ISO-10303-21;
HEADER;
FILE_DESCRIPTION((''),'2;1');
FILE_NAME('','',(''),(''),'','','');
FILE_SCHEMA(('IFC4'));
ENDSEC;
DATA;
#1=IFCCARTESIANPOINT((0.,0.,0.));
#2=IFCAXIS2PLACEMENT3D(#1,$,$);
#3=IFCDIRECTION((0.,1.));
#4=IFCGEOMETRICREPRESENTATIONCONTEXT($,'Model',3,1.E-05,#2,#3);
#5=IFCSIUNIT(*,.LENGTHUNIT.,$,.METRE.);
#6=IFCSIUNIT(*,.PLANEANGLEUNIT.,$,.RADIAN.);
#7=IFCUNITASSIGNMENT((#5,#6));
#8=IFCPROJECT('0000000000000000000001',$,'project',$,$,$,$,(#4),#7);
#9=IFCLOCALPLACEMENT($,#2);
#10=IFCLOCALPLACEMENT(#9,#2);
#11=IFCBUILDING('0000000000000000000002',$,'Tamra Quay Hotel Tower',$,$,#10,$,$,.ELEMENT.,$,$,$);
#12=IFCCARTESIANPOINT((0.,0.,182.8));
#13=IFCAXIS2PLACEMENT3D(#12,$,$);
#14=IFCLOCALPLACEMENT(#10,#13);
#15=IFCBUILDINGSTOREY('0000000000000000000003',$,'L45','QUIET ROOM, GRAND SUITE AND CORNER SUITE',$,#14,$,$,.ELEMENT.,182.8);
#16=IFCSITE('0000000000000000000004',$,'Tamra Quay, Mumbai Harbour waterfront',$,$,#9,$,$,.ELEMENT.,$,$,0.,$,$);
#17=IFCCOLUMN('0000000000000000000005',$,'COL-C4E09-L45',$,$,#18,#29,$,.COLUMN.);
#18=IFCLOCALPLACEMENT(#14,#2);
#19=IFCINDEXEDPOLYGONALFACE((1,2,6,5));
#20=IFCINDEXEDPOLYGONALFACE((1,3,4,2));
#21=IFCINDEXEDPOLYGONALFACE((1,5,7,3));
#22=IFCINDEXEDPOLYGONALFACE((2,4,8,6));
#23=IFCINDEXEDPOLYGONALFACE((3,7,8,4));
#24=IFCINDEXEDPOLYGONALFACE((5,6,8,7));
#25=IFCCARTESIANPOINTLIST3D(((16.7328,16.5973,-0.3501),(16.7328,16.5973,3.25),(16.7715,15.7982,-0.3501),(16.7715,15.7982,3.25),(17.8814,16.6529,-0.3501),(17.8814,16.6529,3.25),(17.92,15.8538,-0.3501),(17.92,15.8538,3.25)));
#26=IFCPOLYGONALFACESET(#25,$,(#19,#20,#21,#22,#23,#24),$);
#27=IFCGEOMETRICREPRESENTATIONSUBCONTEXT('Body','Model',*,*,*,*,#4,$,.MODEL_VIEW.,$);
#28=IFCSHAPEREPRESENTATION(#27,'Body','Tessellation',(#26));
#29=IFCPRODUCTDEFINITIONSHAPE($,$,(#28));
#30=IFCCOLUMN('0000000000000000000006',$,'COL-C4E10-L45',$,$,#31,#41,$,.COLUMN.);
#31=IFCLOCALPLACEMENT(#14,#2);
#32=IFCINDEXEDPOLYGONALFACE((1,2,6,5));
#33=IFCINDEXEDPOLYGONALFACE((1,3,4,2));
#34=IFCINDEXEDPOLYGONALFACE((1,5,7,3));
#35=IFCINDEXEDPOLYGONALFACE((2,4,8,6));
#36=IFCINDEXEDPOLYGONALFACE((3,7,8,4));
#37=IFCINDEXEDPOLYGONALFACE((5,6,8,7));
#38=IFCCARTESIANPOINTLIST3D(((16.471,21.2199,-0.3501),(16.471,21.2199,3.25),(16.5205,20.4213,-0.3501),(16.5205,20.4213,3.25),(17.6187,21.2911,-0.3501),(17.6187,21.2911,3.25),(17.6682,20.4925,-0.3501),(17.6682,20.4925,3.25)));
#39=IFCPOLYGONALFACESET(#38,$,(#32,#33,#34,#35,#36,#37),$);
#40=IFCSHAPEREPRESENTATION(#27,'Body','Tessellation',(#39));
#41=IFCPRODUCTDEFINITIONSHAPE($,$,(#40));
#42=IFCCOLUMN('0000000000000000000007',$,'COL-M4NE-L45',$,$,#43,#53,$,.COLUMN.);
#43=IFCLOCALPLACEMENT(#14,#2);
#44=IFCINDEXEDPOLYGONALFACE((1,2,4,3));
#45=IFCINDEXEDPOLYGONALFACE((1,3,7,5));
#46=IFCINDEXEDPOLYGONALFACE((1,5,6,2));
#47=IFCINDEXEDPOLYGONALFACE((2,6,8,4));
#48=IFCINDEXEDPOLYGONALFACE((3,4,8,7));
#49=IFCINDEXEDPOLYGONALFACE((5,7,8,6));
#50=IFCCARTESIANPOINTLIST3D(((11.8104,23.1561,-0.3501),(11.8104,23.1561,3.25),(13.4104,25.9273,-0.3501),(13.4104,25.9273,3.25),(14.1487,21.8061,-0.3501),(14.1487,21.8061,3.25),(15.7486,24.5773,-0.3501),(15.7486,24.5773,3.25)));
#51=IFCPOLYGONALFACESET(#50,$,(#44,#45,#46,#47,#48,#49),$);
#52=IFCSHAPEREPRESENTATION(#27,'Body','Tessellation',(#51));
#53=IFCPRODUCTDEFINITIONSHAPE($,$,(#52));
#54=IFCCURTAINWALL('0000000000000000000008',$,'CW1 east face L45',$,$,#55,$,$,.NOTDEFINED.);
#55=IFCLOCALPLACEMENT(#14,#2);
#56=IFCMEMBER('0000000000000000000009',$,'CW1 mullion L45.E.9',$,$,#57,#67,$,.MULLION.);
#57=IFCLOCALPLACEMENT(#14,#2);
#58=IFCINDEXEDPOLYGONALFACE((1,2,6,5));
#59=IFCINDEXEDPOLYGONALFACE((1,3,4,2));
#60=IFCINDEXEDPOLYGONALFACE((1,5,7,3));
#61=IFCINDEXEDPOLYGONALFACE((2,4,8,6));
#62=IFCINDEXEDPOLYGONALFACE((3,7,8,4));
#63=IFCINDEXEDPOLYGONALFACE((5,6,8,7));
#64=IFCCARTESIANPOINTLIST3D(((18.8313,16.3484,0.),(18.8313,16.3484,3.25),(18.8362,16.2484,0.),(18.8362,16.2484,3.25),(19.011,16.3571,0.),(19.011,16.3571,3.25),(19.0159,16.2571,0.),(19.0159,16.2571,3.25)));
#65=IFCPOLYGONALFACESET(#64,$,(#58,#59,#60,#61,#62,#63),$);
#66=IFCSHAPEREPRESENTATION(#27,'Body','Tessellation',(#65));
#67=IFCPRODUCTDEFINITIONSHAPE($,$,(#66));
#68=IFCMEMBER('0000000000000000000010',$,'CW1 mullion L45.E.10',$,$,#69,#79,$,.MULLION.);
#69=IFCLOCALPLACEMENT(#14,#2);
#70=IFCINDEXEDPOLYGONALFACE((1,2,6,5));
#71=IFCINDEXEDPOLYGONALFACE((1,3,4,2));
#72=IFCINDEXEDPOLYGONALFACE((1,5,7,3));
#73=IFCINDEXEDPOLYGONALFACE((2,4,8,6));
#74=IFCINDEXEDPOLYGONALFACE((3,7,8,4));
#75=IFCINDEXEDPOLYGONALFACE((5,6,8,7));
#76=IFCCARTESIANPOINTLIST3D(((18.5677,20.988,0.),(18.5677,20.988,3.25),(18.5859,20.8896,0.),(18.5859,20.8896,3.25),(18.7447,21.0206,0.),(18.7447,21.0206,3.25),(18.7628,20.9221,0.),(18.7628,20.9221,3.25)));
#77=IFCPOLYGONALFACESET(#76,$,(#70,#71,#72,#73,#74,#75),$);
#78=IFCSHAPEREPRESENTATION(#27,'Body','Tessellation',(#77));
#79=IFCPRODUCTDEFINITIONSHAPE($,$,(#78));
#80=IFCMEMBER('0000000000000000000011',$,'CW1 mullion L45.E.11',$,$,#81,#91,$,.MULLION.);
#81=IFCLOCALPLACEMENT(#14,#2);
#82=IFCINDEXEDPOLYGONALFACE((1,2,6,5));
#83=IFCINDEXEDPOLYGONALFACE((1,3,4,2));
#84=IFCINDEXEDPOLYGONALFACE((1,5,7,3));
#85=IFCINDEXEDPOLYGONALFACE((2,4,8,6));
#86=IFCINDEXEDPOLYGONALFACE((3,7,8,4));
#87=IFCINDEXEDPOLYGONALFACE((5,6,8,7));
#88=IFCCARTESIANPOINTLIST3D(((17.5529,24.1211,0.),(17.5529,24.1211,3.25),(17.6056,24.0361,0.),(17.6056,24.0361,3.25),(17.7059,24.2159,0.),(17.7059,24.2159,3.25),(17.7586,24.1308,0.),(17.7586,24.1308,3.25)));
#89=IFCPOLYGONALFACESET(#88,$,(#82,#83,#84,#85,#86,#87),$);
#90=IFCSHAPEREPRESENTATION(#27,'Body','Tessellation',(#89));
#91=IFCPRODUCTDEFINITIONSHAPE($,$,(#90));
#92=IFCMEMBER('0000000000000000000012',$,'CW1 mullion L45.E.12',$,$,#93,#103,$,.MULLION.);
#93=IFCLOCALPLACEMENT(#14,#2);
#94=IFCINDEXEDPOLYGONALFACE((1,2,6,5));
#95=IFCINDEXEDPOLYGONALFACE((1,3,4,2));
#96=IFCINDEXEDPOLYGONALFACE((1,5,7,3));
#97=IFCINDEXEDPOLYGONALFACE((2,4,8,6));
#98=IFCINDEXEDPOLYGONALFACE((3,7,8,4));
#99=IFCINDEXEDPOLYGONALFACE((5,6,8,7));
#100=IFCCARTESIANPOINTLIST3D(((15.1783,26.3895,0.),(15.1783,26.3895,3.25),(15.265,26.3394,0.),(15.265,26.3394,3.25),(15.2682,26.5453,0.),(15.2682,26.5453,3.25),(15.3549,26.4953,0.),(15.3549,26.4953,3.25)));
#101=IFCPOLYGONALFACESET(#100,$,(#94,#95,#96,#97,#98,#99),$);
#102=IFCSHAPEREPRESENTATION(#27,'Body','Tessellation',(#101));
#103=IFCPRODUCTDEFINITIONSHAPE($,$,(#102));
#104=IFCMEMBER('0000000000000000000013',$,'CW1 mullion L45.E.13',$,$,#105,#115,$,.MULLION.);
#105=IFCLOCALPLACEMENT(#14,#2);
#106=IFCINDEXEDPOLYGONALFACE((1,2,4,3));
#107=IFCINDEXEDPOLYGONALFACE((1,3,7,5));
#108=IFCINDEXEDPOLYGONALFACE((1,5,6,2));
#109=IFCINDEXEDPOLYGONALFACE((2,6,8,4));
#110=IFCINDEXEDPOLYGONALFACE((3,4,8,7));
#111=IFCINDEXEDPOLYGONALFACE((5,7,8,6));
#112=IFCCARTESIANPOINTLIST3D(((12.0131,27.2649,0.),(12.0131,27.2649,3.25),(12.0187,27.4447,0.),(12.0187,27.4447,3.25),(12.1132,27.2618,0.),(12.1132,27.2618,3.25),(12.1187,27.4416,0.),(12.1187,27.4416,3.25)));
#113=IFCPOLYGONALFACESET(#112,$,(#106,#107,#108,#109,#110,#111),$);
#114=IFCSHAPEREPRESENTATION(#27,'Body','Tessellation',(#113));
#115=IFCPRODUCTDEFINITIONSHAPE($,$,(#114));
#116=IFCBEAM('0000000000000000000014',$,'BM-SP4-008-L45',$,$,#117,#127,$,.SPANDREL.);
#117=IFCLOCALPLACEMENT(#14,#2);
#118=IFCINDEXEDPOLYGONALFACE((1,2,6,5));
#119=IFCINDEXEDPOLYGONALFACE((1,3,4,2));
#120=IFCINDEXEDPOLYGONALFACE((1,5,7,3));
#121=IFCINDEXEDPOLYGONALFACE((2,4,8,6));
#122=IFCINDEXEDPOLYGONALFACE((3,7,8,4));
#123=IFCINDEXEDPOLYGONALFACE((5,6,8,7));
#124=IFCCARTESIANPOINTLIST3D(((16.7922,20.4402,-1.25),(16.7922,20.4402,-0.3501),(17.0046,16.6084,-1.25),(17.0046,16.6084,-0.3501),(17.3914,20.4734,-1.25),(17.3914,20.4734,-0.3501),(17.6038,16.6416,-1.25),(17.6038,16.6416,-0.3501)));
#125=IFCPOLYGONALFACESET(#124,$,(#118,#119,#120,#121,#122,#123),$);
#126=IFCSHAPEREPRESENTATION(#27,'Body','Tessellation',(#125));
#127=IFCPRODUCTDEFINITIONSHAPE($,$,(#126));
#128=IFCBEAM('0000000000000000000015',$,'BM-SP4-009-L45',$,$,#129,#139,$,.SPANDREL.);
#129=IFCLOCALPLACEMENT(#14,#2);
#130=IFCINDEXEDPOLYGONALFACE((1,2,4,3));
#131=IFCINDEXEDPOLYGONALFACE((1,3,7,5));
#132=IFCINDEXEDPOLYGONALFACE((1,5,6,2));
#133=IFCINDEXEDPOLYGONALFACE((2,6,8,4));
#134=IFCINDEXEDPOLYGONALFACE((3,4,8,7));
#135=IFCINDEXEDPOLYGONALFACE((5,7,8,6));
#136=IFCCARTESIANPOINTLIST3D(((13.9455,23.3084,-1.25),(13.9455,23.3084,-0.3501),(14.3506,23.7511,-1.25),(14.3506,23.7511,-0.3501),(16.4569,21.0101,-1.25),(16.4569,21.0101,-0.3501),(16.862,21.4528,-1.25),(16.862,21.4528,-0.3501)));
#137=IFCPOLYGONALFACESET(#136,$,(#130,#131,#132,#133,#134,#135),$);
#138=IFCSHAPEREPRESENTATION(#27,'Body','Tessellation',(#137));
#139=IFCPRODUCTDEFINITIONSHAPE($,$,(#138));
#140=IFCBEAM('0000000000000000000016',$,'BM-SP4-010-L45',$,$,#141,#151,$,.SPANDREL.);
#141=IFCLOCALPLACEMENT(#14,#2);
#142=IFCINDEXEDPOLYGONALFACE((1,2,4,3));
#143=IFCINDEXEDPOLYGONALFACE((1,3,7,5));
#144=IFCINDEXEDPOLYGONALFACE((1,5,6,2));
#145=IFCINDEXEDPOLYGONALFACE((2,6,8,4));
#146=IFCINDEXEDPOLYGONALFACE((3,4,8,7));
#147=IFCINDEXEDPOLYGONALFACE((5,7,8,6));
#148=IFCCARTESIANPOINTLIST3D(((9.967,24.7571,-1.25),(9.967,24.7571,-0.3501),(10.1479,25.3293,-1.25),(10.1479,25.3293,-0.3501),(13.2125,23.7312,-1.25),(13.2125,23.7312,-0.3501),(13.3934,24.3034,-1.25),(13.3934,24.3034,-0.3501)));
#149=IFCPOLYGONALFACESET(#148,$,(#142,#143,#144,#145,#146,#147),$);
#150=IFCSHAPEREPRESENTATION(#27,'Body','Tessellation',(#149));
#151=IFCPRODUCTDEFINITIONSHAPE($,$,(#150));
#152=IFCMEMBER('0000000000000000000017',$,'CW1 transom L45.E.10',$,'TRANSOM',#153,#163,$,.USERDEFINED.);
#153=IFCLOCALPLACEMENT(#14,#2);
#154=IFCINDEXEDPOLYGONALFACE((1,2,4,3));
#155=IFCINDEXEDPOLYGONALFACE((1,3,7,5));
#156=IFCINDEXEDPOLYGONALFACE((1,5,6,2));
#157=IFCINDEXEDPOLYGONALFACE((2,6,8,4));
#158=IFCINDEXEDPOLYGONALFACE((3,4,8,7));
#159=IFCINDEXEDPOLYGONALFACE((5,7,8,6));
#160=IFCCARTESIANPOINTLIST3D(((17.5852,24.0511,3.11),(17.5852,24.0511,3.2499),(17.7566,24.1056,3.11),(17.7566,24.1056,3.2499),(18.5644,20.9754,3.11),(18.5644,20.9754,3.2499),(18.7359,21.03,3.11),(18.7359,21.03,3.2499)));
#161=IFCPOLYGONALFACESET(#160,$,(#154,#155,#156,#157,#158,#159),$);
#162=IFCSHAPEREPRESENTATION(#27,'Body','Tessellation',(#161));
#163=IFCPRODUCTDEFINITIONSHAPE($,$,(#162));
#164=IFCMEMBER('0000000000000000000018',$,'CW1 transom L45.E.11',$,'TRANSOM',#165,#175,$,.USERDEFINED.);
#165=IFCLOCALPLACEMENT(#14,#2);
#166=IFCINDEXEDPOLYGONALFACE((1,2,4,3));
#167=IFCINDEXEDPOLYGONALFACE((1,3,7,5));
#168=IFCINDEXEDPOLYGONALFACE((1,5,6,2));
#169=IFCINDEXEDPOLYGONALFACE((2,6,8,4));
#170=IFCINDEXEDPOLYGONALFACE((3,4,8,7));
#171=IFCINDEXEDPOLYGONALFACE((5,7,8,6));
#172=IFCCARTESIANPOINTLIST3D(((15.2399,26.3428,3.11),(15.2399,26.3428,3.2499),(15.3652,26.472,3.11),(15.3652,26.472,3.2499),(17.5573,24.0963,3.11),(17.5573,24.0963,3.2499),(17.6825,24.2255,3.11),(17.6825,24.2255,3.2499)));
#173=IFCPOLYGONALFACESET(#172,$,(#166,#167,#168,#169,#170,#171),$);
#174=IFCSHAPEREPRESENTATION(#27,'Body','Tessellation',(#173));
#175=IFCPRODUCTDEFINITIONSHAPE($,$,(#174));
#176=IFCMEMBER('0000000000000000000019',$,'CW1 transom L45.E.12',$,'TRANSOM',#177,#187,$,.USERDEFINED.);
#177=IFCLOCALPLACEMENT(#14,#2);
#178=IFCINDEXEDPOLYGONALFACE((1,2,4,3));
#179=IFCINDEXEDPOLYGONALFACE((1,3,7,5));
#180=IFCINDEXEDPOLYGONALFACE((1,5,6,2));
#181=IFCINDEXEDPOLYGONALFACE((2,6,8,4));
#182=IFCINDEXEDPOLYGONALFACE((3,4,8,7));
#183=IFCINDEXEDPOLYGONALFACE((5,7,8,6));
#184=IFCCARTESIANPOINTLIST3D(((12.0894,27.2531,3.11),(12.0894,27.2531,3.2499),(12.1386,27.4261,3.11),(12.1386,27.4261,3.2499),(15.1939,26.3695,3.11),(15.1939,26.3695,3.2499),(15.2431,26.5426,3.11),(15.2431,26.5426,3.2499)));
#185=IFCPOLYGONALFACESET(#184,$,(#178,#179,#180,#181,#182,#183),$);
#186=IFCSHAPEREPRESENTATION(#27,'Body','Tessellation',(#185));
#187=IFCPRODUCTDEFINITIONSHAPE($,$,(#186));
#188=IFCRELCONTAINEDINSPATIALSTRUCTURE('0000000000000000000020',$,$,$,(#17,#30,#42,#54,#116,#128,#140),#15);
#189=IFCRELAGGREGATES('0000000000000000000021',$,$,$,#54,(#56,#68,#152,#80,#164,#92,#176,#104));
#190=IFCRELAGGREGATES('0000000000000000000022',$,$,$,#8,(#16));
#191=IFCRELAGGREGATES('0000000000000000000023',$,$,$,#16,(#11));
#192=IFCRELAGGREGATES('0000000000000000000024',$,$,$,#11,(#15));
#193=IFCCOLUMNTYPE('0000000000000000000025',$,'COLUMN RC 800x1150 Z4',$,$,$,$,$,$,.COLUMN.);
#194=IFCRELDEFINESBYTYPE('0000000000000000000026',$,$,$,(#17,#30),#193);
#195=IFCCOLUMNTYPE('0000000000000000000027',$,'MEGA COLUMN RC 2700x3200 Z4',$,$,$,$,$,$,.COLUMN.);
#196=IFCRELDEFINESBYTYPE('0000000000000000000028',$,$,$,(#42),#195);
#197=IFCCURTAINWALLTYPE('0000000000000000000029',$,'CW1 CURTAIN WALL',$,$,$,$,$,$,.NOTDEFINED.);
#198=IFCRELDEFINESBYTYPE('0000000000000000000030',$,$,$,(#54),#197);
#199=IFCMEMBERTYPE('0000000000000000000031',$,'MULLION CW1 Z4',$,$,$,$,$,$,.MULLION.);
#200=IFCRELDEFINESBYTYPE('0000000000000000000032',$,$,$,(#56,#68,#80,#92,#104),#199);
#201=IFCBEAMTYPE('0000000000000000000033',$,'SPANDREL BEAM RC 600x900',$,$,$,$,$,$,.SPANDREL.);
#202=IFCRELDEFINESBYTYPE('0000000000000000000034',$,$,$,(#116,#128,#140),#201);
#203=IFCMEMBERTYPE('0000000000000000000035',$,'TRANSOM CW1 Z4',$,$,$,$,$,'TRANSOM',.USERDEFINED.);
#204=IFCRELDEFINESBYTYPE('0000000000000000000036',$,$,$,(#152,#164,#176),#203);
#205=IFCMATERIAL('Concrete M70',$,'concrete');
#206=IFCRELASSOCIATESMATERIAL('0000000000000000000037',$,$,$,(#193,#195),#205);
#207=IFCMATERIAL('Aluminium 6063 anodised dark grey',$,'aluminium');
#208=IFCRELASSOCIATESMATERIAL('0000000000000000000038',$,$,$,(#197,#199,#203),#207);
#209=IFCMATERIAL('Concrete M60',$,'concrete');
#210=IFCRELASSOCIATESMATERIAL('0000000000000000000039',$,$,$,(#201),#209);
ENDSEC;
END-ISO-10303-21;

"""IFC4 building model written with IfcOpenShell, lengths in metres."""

from ifc_helpers import new_model, si_unit, direction, frame, origin, origin_2d, place, context, subcontext, project, spatial, rectangle, extrude, material, material_profile, profile_set, type_object, element, aggregate, save


model = new_model("IFC4")

# Units and contexts
model_context = context("Model", 3, precision=1e-05, world=origin(), true_north=direction((0.0, 1.0)))
body_context = subcontext(model_context, "Body", "Model", "MODEL_VIEW")
ifc_project = project(units=[si_unit("LENGTHUNIT", "METRE"), si_unit("PLANEANGLEUNIT", "RADIAN")], contexts=[model_context])

# Site, building, storey
site_placement = place(None, origin())
site = spatial("IfcSite", under=ifc_project, at=site_placement, Name="Tamra Quay, Mumbai Harbour waterfront", CompositionType="ELEMENT", RefElevation=0.0)
building_placement = place(site_placement, origin())
building = spatial("IfcBuilding", under=site, at=building_placement, Name="Tamra Quay Hotel Tower", CompositionType="ELEMENT")
storey_placement = place(building_placement, frame((0.0, 0.0, 182.8)))
storey = spatial("IfcBuildingStorey", under=building, at=storey_placement, Name="L45", Description="QUIET ROOM, GRAND SUITE AND CORNER SUITE", CompositionType="ELEMENT", Elevation=182.8)

# Columns
ifc_material_1 = material(Name="Concrete M70", Category="concrete")
ifc_material_profile_1 = material_profile(ifc_material_1, rectangle(XDim=1.1499, YDim=0.8, at=origin_2d()), Name="COLUMN RC 800x1150 Z4")
ifc_profile_set_1 = profile_set([ifc_material_profile_1], Name="Concrete M70")
column_type_1 = type_object("IfcColumnType", Name="COLUMN RC 800x1150 Z4", PredefinedType="COLUMN", material=ifc_profile_set_1)
for number, where, z_axis, x_axis, name in (
    (1, (17.3264, 16.2256, -0.3501), (0.0, 0.0, 1.0), (0.998831, 0.048344, 0.0), "COL-C4E09-L45"),
    (2, (17.0696, 20.8562, -0.3501), (0.0, 0.0, 1.0), (0.998081, 0.061921, 0.0), "COL-C4E10-L45"),
):
    element("IfcColumn", number, at=place(storey_placement, frame(where, z_axis=z_axis, x_axis=x_axis)), inside=storey, type_object=column_type_1, Name=name, PredefinedType="COLUMN", context=body_context, shape_type="SweptSolid", body=[
        extrude(rectangle(XDim=1.1499, YDim=0.8, at=origin_2d()), origin(), (0.0, 0.0, 1.0), 3.6001),
    ])
ifc_material_profile_2 = material_profile(ifc_material_1, rectangle(XDim=3.2, YDim=2.7, at=origin_2d()), Name="MEGA COLUMN RC 2700x3200 Z4")
ifc_profile_set_2 = profile_set([ifc_material_profile_2], Name="Concrete M70")
column_type_2 = type_object("IfcColumnType", Name="MEGA COLUMN RC 2700x3200 Z4", PredefinedType="COLUMN", material=ifc_profile_set_2)
column_placement = place(storey_placement, frame((13.7795, 23.8667, -0.3501), z_axis=(0.0, 0.0, 1.0), x_axis=(0.5, 0.866025, 0.0)))
element("IfcColumn", 3, at=column_placement, inside=storey, type_object=column_type_2, Name="COL-M4NE-L45", PredefinedType="COLUMN", context=body_context, shape_type="SweptSolid", body=[
    extrude(rectangle(XDim=3.2, YDim=2.7, at=origin_2d()), origin(), (0.0, 0.0, 1.0), 3.6001),
])

# Curtain wall, members
ifc_material_2 = material(Name="Aluminium 6063 anodised dark grey", Category="aluminium")
curtain_wall_type = type_object("IfcCurtainWallType", Name="CW1 CURTAIN WALL", PredefinedType="NOTDEFINED", material=ifc_material_2)
curtain_wall_placement = place(storey_placement, origin())
curtain_wall = element("IfcCurtainWall", 4, at=curtain_wall_placement, inside=storey, type_object=curtain_wall_type, Name="CW1 east face L45", PredefinedType="NOTDEFINED")
ifc_material_profile_3 = material_profile(ifc_material_2, rectangle(XDim=0.1799, YDim=0.1001, at=origin_2d()), Name="MULLION 100X180")
ifc_profile_set_3 = profile_set([ifc_material_profile_3], Name="Aluminium 6063 anodised dark grey")
member_type_1 = type_object("IfcMemberType", Name="MULLION CW1 Z4", PredefinedType="MULLION", material=ifc_profile_set_3)
member_1_placement = place(storey_placement, frame((18.9236, 16.3027, 0.0), z_axis=(0.0, 0.0, 1.0), x_axis=(0.998823, 0.04851, 0.0)))
member_1 = element("IfcMember", 5, at=member_1_placement, type_object=member_type_1, Name="CW1 mullion L45.E.9", PredefinedType="MULLION", context=body_context, shape_type="SweptSolid", body=[
    extrude(rectangle(XDim=0.1799, YDim=0.1001, at=origin_2d()), origin(), (0.0, 0.0, 1.0), 3.25),
])
member_2_placement = place(storey_placement, frame((18.6653, 20.9551, 0.0), z_axis=(0.0, 0.0, 1.0), x_axis=(0.983509, 0.180857, 0.0)))
member_2 = element("IfcMember", 6, at=member_2_placement, type_object=member_type_1, Name="CW1 mullion L45.E.10", PredefinedType="MULLION", context=body_context, shape_type="SweptSolid", body=[
    extrude(rectangle(XDim=0.1799, YDim=0.1001, at=origin_2d()), origin(), (0.0, 0.0, 1.0), 3.25),
])
member_3_placement = place(storey_placement, frame((17.6558, 24.126, 0.0), z_axis=(0.0, 0.0, 1.0), x_axis=(0.850122, 0.526586, 0.0)))
member_3 = element("IfcMember", 7, at=member_3_placement, type_object=member_type_1, Name="CW1 mullion L45.E.11", PredefinedType="MULLION", context=body_context, shape_type="SweptSolid", body=[
    extrude(rectangle(XDim=0.1799, YDim=0.1001, at=origin_2d()), origin(), (0.0, 0.0, 1.0), 3.25),
])
member_4_placement = place(storey_placement, frame((15.2666, 26.4424, 0.0), z_axis=(0.0, 0.0, 1.0), x_axis=(0.5, 0.866025, 0.0)))
member_4 = element("IfcMember", 8, at=member_4_placement, type_object=member_type_1, Name="CW1 mullion L45.E.12", PredefinedType="MULLION", context=body_context, shape_type="SweptSolid", body=[
    extrude(rectangle(XDim=0.1799, YDim=0.1001, at=origin_2d()), origin(), (0.0, 0.0, 1.0), 3.25),
])
member_5_placement = place(storey_placement, frame((12.0659, 27.3533, 0.0), z_axis=(0.0, 0.0, 1.0), x_axis=(0.030975, 0.99952, 0.0)))
member_5 = element("IfcMember", 9, at=member_5_placement, type_object=member_type_1, Name="CW1 mullion L45.E.13", PredefinedType="MULLION", context=body_context, shape_type="SweptSolid", body=[
    extrude(rectangle(XDim=0.1799, YDim=0.1001, at=origin_2d()), origin(), (0.0, 0.0, 1.0), 3.25),
])

# Beams
ifc_material_3 = material(Name="Concrete M60", Category="concrete")
ifc_material_profile_4 = material_profile(ifc_material_3, rectangle(XDim=0.6001, YDim=0.8999, at=origin_2d()), Name="SPANDREL BEAM RC 600x900")
ifc_profile_set_4 = profile_set([ifc_material_profile_4], Name="Concrete M60")
beam_type = type_object("IfcBeamType", Name="SPANDREL BEAM RC 600x900", PredefinedType="SPANDREL", material=ifc_profile_set_4)
beam_1_placement = place(storey_placement, frame((17.3042, 16.625, -0.8), z_axis=(-0.055347, 0.998467, 0.0), x_axis=(-0.998467, -0.055347, 0.0)))
element("IfcBeam", 10, at=beam_1_placement, inside=storey, type_object=beam_type, Name="BM-SP4-008-L45", PredefinedType="SPANDREL", context=body_context, shape_type="SweptSolid", body=[
    extrude(rectangle(XDim=0.6001, YDim=0.8999, at=origin_2d()), origin(), (0.0, 0.0, 1.0), 3.8376),
])
beam_2_placement = place(storey_placement, frame((16.6594, 21.2314, -0.8), z_axis=(-0.737716, 0.675111, 0.0), x_axis=(-0.675111, -0.737716, 0.0)))
element("IfcBeam", 11, at=beam_2_placement, inside=storey, type_object=beam_type, Name="BM-SP4-009-L45", PredefinedType="SPANDREL", context=body_context, shape_type="SweptSolid", body=[
    extrude(rectangle(XDim=0.6001, YDim=0.8999, at=origin_2d()), origin(), (0.0, 0.0, 1.0), 3.4043),
])
beam_3_placement = place(storey_placement, frame((13.303, 24.0173, -0.8), z_axis=(-0.953502, 0.301385, 0.0), x_axis=(-0.301385, -0.953502, 0.0)))
element("IfcBeam", 12, at=beam_3_placement, inside=storey, type_object=beam_type, Name="BM-SP4-010-L45", PredefinedType="SPANDREL", context=body_context, shape_type="SweptSolid", body=[
    extrude(rectangle(XDim=0.6001, YDim=0.8999, at=origin_2d()), origin(), (0.0, 0.0, 1.0), 3.4038),
])

# Members
ifc_material_profile_5 = material_profile(ifc_material_2, rectangle(XDim=0.1799, YDim=0.1399, at=origin_2d()), Name="TRANSOM 180X140")
ifc_profile_set_5 = profile_set([ifc_material_profile_5], Name="Aluminium 6063 anodised dark grey")
member_type_2 = type_object("IfcMemberType", Name="TRANSOM CW1 Z4", ElementType="TRANSOM", PredefinedType="USERDEFINED", material=ifc_profile_set_5)
member_6_placement = place(storey_placement, frame((18.6501, 21.0027, 3.1799), z_axis=(-0.303378, 0.95287, 0.0), x_axis=(-0.95287, -0.303378, 0.0)))
member_6 = element("IfcMember", 13, at=member_6_placement, type_object=member_type_2, Name="CW1 transom L45.E.10", ObjectType="TRANSOM", PredefinedType="USERDEFINED", context=body_context, shape_type="SweptSolid", body=[
    extrude(rectangle(XDim=0.1799, YDim=0.1399, at=origin_2d()), origin(), (0.0, 0.0, 1.0), 3.2278),
])
member_7_placement = place(storey_placement, frame((17.6199, 24.1609, 3.1799), z_axis=(-0.71799, 0.696054, 0.0), x_axis=(-0.696054, -0.71799, 0.0)))
member_7 = element("IfcMember", 14, at=member_7_placement, type_object=member_type_2, Name="CW1 transom L45.E.11", ObjectType="TRANSOM", PredefinedType="USERDEFINED", context=body_context, shape_type="SweptSolid", body=[
    extrude(rectangle(XDim=0.1799, YDim=0.1399, at=origin_2d()), origin(), (0.0, 0.0, 1.0), 3.2275),
])
member_8_placement = place(storey_placement, frame((15.2185, 26.4561, 3.1799), z_axis=(-0.961806, 0.273732, 0.0), x_axis=(-0.273732, -0.961806, 0.0)))
member_8 = element("IfcMember", 15, at=member_8_placement, type_object=member_type_2, Name="CW1 transom L45.E.12", ObjectType="TRANSOM", PredefinedType="USERDEFINED", context=body_context, shape_type="SweptSolid", body=[
    extrude(rectangle(XDim=0.1799, YDim=0.1399, at=origin_2d()), origin(), (0.0, 0.0, 1.0), 3.2278),
])

aggregate(curtain_wall, [member_1, member_2, member_6, member_3, member_7, member_4, member_8, member_5])

save(model, "model.ifc")
